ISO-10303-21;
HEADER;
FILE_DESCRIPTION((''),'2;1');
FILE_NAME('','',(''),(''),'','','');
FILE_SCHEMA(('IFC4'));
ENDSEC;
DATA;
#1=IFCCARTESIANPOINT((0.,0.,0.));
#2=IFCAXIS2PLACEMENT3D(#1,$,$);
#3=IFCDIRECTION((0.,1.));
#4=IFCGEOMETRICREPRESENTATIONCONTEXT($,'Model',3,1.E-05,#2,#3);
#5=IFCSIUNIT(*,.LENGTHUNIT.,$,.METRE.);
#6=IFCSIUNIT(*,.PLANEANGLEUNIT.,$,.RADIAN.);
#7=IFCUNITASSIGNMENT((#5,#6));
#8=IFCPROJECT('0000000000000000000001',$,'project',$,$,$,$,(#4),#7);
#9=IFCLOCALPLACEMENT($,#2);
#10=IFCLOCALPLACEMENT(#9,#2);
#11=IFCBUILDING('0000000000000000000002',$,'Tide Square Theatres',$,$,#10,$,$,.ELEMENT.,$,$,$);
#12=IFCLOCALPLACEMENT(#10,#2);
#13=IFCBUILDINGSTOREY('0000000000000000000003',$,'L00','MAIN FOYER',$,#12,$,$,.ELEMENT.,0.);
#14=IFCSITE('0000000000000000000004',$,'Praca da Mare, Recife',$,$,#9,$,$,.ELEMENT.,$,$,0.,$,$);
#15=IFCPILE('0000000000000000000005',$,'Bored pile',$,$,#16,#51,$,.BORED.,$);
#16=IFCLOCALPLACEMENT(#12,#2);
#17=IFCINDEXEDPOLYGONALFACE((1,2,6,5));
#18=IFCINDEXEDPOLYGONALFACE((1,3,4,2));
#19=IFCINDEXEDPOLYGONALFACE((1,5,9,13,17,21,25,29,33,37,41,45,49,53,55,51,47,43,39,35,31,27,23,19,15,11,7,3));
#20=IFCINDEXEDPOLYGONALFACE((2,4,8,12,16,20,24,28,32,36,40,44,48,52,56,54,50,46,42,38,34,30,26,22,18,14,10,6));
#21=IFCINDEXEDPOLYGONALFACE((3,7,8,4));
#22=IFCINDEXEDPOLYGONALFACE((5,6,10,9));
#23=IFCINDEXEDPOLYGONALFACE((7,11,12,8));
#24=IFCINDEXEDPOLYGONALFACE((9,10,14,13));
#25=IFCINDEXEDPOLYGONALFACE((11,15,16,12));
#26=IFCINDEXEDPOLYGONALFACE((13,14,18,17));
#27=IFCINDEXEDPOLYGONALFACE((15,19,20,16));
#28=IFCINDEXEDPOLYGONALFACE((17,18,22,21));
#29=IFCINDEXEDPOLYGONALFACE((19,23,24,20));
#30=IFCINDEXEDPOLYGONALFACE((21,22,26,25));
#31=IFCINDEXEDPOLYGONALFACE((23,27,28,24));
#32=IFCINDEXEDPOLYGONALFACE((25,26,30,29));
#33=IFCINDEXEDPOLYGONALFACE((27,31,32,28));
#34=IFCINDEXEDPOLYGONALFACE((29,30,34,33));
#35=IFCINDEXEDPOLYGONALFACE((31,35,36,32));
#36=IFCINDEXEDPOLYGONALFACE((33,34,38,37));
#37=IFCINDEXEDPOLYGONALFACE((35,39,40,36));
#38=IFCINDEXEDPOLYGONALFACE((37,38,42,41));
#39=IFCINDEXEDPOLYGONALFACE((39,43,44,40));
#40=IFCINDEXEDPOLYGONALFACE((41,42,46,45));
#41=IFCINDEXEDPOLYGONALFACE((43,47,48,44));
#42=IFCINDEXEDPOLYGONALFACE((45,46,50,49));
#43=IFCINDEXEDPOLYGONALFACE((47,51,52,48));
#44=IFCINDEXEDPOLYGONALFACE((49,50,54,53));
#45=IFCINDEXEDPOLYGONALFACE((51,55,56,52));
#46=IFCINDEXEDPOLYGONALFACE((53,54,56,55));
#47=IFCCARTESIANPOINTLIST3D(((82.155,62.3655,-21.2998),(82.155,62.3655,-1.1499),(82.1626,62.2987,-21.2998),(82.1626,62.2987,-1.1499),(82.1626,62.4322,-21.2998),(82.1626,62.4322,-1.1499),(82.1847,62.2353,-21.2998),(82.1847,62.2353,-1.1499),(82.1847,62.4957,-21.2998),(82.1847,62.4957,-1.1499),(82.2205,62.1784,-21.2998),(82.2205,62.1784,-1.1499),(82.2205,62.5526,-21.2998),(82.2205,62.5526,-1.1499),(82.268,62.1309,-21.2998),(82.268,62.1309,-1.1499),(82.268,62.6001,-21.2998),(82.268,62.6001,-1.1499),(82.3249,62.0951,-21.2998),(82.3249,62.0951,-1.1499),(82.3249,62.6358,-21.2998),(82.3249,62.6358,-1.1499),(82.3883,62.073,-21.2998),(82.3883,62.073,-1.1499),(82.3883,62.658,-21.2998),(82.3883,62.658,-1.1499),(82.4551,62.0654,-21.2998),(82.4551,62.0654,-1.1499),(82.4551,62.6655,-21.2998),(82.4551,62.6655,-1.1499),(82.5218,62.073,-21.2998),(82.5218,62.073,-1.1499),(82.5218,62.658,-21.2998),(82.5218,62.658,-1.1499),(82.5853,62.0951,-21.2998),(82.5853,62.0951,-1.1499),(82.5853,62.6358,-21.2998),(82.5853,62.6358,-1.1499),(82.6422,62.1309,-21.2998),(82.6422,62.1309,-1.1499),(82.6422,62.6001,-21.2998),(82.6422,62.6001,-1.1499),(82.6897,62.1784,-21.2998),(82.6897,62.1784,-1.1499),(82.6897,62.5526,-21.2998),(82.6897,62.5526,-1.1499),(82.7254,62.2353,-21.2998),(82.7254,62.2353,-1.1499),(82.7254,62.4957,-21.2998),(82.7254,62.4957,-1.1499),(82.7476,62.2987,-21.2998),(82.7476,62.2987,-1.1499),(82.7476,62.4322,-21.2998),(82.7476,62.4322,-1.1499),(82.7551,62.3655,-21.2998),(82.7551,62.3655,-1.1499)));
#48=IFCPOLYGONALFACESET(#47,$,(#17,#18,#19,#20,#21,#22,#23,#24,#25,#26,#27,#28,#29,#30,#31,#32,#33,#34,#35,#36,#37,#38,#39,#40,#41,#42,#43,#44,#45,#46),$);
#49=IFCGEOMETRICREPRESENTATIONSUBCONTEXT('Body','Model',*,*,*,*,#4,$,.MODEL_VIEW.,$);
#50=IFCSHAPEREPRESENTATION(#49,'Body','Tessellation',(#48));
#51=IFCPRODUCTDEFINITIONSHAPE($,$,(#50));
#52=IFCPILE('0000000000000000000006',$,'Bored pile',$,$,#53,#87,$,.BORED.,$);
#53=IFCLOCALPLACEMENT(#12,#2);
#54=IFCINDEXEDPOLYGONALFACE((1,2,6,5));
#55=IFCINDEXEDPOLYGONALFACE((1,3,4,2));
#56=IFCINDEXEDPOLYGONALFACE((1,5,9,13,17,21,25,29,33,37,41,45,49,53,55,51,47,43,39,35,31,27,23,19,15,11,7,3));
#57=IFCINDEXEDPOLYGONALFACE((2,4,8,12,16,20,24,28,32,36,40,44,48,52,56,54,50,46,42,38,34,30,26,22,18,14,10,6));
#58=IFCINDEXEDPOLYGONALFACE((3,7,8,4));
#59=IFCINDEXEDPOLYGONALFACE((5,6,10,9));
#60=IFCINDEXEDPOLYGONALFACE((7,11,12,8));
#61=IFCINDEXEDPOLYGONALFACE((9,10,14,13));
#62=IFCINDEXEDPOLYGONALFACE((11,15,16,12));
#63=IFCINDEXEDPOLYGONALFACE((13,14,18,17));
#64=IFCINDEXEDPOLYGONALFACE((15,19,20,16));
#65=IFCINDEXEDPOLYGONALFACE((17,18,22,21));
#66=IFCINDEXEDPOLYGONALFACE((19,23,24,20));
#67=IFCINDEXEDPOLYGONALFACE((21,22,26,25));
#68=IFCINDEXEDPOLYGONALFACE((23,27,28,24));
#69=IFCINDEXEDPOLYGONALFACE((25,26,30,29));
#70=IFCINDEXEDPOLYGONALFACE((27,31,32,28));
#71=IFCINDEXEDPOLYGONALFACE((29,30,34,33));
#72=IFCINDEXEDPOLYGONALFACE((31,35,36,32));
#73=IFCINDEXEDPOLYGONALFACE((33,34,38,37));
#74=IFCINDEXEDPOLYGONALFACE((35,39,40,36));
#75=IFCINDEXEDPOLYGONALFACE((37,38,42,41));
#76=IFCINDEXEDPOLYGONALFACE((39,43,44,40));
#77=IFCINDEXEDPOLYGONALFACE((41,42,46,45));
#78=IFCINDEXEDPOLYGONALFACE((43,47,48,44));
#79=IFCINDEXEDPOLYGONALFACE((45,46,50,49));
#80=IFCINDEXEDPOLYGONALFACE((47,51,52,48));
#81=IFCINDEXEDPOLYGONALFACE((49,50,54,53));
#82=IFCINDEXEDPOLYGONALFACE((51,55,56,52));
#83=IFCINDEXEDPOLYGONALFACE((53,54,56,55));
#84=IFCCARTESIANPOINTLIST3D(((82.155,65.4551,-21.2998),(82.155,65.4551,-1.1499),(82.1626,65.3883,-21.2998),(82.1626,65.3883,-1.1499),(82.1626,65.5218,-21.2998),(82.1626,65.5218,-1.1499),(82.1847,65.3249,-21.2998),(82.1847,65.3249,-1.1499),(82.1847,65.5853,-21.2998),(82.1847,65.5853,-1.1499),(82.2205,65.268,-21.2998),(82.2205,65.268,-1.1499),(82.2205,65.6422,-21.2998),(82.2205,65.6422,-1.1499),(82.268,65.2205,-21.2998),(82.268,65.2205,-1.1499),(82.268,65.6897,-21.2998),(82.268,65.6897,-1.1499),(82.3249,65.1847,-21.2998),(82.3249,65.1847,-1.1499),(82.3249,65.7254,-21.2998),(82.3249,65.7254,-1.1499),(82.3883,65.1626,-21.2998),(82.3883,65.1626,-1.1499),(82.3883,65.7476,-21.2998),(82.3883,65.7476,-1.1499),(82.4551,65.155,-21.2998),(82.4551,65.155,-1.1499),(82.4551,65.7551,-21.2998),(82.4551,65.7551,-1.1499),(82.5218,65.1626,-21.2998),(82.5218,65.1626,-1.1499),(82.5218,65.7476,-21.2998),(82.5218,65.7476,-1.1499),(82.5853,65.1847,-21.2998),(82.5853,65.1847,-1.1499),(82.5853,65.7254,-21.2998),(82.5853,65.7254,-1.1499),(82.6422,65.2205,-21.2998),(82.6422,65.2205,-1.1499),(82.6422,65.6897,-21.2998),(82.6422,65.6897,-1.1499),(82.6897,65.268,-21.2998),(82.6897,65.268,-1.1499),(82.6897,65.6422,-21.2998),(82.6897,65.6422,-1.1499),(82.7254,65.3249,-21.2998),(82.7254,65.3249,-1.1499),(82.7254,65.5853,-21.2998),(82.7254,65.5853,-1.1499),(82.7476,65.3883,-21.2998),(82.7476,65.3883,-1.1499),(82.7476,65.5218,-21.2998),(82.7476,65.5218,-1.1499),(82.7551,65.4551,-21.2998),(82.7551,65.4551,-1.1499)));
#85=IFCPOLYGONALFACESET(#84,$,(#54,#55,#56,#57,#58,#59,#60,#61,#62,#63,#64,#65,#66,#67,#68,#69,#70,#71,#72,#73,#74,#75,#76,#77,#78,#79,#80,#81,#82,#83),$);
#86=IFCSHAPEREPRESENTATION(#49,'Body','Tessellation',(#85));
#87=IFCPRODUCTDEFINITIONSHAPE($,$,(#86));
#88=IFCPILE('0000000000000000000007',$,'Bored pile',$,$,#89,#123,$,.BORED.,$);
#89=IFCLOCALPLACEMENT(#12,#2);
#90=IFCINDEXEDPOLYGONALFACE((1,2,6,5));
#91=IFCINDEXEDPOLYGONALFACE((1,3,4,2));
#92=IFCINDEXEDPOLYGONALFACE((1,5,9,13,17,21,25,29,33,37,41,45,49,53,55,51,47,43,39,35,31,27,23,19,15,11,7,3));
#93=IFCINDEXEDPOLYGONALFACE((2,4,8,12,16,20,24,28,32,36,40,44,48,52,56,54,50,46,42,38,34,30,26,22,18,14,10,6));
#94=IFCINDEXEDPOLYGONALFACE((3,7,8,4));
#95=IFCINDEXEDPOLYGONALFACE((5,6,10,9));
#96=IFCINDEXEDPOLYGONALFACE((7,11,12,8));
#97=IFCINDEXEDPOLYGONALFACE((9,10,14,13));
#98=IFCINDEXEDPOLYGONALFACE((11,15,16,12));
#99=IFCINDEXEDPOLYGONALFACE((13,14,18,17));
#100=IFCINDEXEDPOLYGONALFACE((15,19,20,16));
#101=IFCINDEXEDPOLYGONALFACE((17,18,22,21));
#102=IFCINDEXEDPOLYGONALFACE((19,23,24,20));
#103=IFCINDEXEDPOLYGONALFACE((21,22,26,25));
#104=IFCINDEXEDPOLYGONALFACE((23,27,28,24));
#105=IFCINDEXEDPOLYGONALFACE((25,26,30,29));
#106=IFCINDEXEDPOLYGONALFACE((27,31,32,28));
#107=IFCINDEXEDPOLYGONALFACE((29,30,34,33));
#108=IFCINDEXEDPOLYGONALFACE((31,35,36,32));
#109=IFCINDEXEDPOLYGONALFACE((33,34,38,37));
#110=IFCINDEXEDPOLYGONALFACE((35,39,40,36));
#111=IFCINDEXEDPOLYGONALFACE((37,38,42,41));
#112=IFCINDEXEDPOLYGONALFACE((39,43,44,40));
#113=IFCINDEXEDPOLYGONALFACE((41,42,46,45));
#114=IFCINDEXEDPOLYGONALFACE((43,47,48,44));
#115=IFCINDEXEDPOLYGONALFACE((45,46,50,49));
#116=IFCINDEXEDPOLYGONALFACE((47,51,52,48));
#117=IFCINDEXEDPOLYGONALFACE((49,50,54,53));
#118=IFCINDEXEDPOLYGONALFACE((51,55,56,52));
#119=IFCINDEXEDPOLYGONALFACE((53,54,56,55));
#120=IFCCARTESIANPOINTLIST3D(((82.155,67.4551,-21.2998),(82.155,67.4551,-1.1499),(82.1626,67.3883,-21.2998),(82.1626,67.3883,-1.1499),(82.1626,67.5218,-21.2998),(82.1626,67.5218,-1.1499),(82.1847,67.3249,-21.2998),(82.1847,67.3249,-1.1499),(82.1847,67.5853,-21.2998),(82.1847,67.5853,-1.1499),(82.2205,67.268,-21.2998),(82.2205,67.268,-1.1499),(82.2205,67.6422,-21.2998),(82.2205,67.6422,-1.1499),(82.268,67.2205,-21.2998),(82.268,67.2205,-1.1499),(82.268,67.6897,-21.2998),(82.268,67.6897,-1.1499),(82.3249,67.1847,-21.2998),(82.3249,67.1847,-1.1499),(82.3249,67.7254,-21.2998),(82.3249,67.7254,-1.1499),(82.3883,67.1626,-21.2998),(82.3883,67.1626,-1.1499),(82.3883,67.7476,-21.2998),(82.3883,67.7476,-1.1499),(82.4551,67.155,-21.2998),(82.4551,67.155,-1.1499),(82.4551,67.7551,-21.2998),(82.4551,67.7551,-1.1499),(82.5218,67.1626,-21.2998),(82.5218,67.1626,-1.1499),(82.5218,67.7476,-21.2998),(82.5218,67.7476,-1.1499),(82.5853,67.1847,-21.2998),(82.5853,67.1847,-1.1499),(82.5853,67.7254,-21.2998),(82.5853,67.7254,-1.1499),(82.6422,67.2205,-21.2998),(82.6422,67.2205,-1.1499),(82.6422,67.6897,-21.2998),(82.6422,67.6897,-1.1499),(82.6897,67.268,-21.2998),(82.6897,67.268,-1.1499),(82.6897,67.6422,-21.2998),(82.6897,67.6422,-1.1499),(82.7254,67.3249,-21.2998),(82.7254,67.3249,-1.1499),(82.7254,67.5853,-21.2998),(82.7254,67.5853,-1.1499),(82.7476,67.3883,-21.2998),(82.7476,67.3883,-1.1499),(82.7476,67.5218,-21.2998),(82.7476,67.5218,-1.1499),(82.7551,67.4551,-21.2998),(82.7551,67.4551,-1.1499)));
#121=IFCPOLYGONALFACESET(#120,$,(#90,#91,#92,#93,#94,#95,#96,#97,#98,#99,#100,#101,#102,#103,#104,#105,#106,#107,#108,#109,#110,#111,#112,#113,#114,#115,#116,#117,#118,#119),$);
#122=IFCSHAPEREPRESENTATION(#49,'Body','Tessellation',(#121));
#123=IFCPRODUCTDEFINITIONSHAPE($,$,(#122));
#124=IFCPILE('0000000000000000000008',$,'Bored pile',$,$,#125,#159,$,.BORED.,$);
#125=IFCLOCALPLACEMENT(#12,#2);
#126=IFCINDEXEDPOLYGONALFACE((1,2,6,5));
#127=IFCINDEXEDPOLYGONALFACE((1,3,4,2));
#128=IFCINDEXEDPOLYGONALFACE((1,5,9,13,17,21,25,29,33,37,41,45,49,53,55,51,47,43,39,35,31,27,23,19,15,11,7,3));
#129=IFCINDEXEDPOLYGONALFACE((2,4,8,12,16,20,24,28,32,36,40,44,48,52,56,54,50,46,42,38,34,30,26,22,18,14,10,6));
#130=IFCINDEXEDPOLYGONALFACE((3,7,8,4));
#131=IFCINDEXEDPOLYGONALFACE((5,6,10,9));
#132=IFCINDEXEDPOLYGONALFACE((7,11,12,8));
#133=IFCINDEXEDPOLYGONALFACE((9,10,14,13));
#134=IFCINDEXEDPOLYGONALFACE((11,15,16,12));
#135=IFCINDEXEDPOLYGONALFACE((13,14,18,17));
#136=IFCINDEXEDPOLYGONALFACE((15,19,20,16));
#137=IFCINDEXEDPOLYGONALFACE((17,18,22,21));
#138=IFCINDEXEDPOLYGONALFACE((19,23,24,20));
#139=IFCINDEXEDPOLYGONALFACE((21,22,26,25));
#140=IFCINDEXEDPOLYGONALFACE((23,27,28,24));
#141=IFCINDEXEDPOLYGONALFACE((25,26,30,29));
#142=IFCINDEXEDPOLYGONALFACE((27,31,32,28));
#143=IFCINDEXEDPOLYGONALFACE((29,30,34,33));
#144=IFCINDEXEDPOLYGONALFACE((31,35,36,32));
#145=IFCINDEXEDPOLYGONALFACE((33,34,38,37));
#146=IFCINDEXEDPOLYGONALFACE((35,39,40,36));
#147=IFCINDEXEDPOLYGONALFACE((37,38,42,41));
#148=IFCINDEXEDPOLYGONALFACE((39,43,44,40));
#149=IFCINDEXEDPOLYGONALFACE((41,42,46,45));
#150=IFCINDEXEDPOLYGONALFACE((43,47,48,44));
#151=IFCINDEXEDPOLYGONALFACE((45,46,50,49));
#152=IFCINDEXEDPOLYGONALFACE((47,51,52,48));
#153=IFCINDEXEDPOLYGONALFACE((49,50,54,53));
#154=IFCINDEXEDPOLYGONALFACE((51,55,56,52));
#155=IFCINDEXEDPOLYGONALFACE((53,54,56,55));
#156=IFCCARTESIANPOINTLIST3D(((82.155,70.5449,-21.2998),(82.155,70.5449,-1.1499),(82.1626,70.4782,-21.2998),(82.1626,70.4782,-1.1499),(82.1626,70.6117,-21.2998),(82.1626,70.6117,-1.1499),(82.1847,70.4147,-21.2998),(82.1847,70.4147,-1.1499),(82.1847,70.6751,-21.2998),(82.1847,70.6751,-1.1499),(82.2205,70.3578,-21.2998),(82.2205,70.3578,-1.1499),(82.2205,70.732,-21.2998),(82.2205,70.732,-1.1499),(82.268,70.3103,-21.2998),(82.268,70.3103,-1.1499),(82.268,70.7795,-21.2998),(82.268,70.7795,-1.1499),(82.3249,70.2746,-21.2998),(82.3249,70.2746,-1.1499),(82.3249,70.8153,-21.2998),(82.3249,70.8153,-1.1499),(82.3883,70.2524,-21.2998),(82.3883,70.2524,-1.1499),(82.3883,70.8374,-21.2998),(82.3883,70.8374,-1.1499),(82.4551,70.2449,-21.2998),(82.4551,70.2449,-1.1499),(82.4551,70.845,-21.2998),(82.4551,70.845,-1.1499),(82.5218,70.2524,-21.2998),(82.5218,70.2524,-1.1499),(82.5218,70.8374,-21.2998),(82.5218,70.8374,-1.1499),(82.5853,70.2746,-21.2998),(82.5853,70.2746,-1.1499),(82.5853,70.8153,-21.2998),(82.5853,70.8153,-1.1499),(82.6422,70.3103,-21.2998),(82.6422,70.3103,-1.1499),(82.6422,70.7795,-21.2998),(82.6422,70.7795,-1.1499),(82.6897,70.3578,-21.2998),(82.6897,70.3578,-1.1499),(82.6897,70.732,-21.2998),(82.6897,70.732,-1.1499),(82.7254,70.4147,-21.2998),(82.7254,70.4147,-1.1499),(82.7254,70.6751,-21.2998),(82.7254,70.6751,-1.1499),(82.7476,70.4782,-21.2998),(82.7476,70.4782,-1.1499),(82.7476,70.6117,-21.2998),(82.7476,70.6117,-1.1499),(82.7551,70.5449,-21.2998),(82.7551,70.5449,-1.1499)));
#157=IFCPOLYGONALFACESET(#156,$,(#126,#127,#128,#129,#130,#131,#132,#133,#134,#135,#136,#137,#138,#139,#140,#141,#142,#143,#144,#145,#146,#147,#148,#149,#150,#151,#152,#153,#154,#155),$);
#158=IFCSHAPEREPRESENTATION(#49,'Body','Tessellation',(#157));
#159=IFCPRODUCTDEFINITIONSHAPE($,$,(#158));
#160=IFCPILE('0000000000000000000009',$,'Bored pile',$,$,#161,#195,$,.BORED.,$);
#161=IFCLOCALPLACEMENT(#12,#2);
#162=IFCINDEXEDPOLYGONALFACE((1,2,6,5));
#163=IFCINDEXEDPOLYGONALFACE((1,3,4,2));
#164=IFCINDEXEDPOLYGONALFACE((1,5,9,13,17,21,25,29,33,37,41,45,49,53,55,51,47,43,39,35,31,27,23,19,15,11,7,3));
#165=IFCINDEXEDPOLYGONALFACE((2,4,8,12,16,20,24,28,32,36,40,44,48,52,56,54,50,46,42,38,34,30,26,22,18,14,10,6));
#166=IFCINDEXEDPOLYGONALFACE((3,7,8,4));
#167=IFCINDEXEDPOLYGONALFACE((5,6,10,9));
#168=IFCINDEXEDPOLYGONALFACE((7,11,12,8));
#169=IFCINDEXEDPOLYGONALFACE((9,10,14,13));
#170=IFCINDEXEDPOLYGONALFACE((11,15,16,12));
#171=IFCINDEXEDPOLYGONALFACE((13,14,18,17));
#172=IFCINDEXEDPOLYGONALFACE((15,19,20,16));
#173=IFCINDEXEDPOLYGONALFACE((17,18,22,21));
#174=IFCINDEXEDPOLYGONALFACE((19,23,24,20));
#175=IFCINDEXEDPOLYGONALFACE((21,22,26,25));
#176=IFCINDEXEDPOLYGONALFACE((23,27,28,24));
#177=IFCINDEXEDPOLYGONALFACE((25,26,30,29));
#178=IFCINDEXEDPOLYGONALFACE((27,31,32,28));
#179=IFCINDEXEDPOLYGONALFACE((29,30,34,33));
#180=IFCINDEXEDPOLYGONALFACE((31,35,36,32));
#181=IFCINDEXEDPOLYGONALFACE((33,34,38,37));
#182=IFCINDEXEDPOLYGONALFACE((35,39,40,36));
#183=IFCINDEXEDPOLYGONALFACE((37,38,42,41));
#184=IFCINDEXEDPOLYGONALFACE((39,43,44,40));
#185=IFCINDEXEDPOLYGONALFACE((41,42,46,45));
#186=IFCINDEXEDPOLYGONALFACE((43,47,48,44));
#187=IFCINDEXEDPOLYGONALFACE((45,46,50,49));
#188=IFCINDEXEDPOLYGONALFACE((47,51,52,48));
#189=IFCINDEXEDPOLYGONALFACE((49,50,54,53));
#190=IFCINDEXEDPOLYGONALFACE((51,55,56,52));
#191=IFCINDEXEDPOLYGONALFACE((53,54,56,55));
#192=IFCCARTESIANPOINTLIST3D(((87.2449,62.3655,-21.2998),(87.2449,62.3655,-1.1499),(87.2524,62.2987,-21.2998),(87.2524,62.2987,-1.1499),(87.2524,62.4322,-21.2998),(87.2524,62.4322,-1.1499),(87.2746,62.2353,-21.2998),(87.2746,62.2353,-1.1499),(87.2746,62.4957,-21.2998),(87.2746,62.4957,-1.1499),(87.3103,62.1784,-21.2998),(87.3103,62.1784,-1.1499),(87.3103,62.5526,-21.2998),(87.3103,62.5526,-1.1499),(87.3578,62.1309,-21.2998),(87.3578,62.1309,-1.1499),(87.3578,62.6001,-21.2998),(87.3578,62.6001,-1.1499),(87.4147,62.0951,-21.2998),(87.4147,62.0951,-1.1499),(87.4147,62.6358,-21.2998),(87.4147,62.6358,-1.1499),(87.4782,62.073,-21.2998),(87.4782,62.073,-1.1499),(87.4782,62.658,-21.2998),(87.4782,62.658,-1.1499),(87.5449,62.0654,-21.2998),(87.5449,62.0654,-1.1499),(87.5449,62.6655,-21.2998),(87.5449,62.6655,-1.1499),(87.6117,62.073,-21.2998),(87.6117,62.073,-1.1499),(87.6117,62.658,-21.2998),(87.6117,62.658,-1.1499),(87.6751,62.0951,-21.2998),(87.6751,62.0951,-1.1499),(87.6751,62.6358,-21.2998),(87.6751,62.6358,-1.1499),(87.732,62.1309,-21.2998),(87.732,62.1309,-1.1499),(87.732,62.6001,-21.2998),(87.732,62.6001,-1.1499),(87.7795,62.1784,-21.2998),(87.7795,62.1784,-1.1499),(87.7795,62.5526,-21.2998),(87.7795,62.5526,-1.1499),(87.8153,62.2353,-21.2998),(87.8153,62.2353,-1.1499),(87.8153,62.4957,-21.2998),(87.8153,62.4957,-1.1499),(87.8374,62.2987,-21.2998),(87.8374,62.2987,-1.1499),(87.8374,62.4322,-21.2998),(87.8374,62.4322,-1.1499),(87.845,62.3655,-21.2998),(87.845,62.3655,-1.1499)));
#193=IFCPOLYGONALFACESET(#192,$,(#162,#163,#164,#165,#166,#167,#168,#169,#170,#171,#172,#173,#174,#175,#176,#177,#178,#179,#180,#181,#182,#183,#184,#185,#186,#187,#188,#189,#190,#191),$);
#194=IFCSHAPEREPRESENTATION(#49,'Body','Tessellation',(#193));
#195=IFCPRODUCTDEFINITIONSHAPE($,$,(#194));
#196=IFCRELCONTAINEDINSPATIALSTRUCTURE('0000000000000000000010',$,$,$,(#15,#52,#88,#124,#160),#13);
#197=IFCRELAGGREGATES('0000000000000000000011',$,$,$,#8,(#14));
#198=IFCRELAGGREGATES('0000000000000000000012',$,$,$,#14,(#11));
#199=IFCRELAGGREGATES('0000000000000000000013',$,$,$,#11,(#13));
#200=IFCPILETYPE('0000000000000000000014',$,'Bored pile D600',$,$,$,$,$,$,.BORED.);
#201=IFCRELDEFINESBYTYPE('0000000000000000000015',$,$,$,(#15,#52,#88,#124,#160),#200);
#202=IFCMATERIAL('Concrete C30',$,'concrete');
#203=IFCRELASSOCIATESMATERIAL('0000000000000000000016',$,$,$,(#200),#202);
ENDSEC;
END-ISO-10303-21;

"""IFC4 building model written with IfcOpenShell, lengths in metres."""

from ifc_helpers import new_model, si_unit, direction, frame, origin, origin_2d, place, context, subcontext, project, spatial, circle, extrude, material, material_profile, profile_set, type_object, element, save


model = new_model("IFC4")

# Units and contexts
model_context = context("Model", 3, precision=1e-05, world=origin(), true_north=direction((0.0, 1.0)))
body_context = subcontext(model_context, "Body", "Model", "MODEL_VIEW")
ifc_project = project(units=[si_unit("LENGTHUNIT", "METRE"), si_unit("PLANEANGLEUNIT", "RADIAN")], contexts=[model_context])

# Site, building, storey
site_placement = place(None, origin())
site = spatial("IfcSite", under=ifc_project, at=site_placement, Name="Praca da Mare, Recife", CompositionType="ELEMENT", RefElevation=0.0)
building_placement = place(site_placement, origin())
building = spatial("IfcBuilding", under=site, at=building_placement, Name="Tide Square Theatres", CompositionType="ELEMENT")
storey_placement = place(building_placement, origin())
storey = spatial("IfcBuildingStorey", under=building, at=storey_placement, Name="L00", Description="MAIN FOYER", CompositionType="ELEMENT", Elevation=0.0)

# Piles
ifc_material_1 = material(Name="Concrete C30", Category="concrete")
ifc_material_profile_1 = material_profile(ifc_material_1, circle(Radius=0.3, at=origin_2d()))
ifc_profile_set_1 = profile_set([ifc_material_profile_1], Name="Concrete C30")
pile_type = type_object("IfcPileType", Name="Bored pile D600", PredefinedType="BORED", material=ifc_profile_set_1)
for number, where, z_axis, x_axis, name in (
    (1, (82.4551, 62.3655, -1.1499), (0.0, 0.0, -1.0), (1.0, 0.0, 0.0), "Bored pile"),
    (2, (82.4551, 65.4551, -1.1499), (0.0, 0.0, -1.0), (1.0, 0.0, 0.0), "Bored pile"),
    (3, (82.4551, 67.4551, -1.1499), (0.0, 0.0, -1.0), (1.0, 0.0, 0.0), "Bored pile"),
    (4, (82.4551, 70.5449, -1.1499), (0.0, 0.0, -1.0), (1.0, 0.0, 0.0), "Bored pile"),
    (5, (87.5449, 62.3655, -1.1499), (0.0, 0.0, -1.0), (1.0, 0.0, 0.0), "Bored pile"),
):
    element("IfcPile", number, at=place(storey_placement, frame(where, z_axis=z_axis, x_axis=x_axis)), inside=storey, type_object=pile_type, Name=name, PredefinedType="BORED", context=body_context, shape_type="SweptSolid", body=[
        extrude(circle(Radius=0.3, at=origin_2d()), origin(), (0.0, 0.0, 1.0), 20.1499),
    ])

save(model, "model.ifc")
